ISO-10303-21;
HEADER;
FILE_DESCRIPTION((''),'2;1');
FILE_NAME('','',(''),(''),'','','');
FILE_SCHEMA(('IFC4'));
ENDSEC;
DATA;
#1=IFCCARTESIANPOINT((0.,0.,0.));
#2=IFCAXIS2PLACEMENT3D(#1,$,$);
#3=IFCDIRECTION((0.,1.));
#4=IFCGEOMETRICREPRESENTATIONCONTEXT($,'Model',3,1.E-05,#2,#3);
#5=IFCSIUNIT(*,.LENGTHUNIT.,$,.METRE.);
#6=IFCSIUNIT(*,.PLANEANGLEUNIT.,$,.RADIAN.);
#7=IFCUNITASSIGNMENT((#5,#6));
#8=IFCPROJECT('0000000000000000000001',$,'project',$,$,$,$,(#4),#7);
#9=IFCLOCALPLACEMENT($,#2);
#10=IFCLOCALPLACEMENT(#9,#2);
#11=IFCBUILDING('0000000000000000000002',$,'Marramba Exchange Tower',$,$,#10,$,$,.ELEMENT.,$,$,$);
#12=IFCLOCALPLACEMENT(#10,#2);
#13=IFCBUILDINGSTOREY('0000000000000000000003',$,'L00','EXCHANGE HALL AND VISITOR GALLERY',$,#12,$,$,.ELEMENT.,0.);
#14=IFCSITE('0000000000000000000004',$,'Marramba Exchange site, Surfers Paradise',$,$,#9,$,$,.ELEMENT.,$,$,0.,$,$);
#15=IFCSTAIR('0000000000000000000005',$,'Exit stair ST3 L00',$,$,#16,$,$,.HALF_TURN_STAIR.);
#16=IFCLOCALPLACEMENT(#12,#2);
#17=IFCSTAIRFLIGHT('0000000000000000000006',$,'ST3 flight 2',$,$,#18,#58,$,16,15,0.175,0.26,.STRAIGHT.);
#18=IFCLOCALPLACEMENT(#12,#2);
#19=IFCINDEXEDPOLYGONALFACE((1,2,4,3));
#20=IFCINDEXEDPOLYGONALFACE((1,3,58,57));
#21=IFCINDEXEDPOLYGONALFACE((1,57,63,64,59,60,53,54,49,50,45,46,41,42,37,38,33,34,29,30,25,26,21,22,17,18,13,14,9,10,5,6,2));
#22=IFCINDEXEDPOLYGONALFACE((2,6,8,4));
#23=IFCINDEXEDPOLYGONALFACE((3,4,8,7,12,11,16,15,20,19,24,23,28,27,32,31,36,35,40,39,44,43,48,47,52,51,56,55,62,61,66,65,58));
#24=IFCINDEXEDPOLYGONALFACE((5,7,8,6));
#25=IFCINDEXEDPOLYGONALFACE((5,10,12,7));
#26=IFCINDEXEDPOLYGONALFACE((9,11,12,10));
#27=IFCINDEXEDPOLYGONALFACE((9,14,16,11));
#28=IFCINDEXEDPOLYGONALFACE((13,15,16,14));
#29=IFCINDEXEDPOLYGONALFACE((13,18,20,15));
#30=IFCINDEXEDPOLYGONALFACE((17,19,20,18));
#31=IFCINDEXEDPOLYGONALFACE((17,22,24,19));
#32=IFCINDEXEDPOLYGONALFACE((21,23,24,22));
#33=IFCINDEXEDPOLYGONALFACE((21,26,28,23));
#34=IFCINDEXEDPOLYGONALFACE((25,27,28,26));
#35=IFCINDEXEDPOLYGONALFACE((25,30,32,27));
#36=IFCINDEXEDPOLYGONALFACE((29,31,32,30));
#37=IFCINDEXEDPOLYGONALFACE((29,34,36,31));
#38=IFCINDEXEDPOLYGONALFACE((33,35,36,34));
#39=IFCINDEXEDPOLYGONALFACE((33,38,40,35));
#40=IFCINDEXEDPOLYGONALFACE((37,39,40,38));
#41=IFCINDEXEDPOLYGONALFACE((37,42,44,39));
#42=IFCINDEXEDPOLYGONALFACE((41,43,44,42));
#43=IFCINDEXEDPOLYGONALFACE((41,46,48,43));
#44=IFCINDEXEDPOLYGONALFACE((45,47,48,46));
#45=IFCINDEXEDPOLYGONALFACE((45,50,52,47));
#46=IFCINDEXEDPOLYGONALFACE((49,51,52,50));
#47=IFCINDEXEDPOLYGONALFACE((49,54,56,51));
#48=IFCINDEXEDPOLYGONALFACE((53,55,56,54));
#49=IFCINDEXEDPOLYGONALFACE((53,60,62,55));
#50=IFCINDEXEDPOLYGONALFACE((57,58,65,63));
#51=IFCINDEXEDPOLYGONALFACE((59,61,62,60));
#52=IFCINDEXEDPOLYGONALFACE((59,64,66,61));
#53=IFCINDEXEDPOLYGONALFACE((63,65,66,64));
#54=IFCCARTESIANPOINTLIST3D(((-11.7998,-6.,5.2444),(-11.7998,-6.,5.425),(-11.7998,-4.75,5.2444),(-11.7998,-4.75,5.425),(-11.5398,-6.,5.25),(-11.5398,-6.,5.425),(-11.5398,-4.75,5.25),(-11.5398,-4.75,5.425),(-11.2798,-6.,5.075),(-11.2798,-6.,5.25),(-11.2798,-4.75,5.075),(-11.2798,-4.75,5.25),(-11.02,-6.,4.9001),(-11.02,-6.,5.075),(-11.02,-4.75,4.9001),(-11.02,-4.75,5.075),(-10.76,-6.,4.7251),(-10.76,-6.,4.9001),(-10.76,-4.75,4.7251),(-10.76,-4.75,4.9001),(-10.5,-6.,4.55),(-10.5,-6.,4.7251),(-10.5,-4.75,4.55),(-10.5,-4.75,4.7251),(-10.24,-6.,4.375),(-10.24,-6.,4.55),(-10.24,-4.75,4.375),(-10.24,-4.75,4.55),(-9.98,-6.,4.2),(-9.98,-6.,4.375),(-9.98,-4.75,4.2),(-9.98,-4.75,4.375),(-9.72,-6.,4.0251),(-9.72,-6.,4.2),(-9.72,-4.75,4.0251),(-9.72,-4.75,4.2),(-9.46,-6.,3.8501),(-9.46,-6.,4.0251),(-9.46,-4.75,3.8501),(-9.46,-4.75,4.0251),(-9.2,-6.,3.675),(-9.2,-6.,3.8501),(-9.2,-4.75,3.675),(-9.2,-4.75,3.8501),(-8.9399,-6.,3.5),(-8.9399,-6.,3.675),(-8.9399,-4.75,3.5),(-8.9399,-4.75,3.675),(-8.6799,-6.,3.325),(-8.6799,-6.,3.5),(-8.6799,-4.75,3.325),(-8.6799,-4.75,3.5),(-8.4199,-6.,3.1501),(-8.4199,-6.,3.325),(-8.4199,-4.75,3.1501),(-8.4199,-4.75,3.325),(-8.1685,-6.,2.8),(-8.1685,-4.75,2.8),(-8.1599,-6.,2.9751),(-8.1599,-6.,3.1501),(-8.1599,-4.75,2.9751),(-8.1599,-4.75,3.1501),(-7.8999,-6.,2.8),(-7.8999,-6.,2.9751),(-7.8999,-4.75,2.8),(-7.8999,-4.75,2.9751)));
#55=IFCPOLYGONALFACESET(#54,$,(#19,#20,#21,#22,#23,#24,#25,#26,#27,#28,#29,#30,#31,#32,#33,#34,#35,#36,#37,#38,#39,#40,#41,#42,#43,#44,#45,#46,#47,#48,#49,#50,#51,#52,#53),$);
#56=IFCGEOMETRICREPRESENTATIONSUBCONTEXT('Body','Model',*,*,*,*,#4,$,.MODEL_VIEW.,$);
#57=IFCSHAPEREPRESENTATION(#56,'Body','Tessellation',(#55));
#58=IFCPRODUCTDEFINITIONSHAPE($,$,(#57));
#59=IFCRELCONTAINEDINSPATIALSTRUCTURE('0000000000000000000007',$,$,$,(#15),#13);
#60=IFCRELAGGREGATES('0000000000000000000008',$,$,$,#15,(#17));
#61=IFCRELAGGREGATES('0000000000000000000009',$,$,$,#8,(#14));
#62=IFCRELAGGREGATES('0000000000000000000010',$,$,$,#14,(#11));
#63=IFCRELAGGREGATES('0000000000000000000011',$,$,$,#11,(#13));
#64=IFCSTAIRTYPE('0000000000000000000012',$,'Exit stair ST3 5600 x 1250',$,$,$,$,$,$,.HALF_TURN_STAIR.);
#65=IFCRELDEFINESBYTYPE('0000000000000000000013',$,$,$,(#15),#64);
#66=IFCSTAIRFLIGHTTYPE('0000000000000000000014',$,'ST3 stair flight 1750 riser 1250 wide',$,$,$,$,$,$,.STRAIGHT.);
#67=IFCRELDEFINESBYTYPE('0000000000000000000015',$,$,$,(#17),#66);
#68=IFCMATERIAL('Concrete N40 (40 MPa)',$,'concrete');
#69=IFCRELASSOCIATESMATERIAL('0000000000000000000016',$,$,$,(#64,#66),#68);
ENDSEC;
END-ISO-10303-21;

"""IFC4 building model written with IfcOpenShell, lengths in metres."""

from ifc_helpers import new_model, si_unit, direction, frame, origin, place, context, subcontext, project, spatial, polyline, outline, extrude, material, type_object, element, aggregate, save


model = new_model("IFC4")

# Units and contexts
model_context = context("Model", 3, precision=1e-05, world=origin(), true_north=direction((0.0, 1.0)))
body_context = subcontext(model_context, "Body", "Model", "MODEL_VIEW")
ifc_project = project(units=[si_unit("LENGTHUNIT", "METRE"), si_unit("PLANEANGLEUNIT", "RADIAN")], contexts=[model_context])

# Site, building, storey
site_placement = place(None, origin())
site = spatial("IfcSite", under=ifc_project, at=site_placement, Name="Marramba Exchange site, Surfers Paradise", CompositionType="ELEMENT", RefElevation=0.0)
building_placement = place(site_placement, origin())
building = spatial("IfcBuilding", under=site, at=building_placement, Name="Marramba Exchange Tower", CompositionType="ELEMENT")
storey_placement = place(building_placement, origin())
storey = spatial("IfcBuildingStorey", under=building, at=storey_placement, Name="L00", Description="EXCHANGE HALL AND VISITOR GALLERY", CompositionType="ELEMENT", Elevation=0.0)

# Stair, stair flight
ifc_material_1 = material(Name="Concrete N40 (40 MPa)", Category="concrete")
stair_type = type_object("IfcStairType", Name="Exit stair ST3 5600 x 1250", PredefinedType="HALF_TURN_STAIR", material=ifc_material_1)
stair_placement = place(storey_placement, origin())
stair = element("IfcStair", 1, at=stair_placement, inside=storey, type_object=stair_type, Name="Exit stair ST3 L00", PredefinedType="HALF_TURN_STAIR")
stair_flight_type = type_object("IfcStairFlightType", Name="ST3 stair flight 1750 riser 1250 wide", PredefinedType="STRAIGHT", material=ifc_material_1)
stair_flight_placement = place(storey_placement, frame((-7.8999, -5.375, 2.8), z_axis=(0.0, 0.0, 1.0), x_axis=(-1.0, 0.0, 0.0)))
stair_flight = element("IfcStairFlight", 2, at=stair_flight_placement, type_object=stair_flight_type, Name="ST3 flight 2", NumberOfRisers=16, NumberOfTreads=15, PredefinedType="STRAIGHT", RiserHeight=0.175, TreadLength=0.26, context=body_context, shape_type="SweptSolid", body=[
    extrude(outline(polyline([(0.0, 0.0), (0.0, 0.175), (0.26, 0.175), (0.26, 0.3501), (0.52, 0.3501), (0.52, 0.5249), (0.78, 0.5249), (0.78, 0.7), (1.04, 0.7), (1.04, 0.875), (1.3, 0.875), (1.3, 1.05), (1.5601, 1.05), (1.5601, 1.2251), (1.8201, 1.2251), (1.8201, 1.3999), (2.0801, 1.3999), (2.0801, 1.575), (2.3401, 1.575), (2.3401, 1.75), (2.6001, 1.75), (2.6001, 1.925), (2.8601, 1.925), (2.8601, 2.1001), (3.1201, 2.1001), (3.1201, 2.2749), (3.3799, 2.2749), (3.3799, 2.45), (3.6399, 2.45), (3.6399, 2.625), (3.8999, 2.625), (3.8999, 2.8), (3.8999, 2.4443), (0.2686, 0.0), (0.0, 0.0)])), frame((0.0, 0.625, 0.0), z_axis=(0.0, -1.0, 0.0), x_axis=(1.0, 0.0, 0.0)), (0.0, 0.0, 1.0), 1.25),
])
aggregate(stair, [stair_flight])

save(model, "model.ifc")
